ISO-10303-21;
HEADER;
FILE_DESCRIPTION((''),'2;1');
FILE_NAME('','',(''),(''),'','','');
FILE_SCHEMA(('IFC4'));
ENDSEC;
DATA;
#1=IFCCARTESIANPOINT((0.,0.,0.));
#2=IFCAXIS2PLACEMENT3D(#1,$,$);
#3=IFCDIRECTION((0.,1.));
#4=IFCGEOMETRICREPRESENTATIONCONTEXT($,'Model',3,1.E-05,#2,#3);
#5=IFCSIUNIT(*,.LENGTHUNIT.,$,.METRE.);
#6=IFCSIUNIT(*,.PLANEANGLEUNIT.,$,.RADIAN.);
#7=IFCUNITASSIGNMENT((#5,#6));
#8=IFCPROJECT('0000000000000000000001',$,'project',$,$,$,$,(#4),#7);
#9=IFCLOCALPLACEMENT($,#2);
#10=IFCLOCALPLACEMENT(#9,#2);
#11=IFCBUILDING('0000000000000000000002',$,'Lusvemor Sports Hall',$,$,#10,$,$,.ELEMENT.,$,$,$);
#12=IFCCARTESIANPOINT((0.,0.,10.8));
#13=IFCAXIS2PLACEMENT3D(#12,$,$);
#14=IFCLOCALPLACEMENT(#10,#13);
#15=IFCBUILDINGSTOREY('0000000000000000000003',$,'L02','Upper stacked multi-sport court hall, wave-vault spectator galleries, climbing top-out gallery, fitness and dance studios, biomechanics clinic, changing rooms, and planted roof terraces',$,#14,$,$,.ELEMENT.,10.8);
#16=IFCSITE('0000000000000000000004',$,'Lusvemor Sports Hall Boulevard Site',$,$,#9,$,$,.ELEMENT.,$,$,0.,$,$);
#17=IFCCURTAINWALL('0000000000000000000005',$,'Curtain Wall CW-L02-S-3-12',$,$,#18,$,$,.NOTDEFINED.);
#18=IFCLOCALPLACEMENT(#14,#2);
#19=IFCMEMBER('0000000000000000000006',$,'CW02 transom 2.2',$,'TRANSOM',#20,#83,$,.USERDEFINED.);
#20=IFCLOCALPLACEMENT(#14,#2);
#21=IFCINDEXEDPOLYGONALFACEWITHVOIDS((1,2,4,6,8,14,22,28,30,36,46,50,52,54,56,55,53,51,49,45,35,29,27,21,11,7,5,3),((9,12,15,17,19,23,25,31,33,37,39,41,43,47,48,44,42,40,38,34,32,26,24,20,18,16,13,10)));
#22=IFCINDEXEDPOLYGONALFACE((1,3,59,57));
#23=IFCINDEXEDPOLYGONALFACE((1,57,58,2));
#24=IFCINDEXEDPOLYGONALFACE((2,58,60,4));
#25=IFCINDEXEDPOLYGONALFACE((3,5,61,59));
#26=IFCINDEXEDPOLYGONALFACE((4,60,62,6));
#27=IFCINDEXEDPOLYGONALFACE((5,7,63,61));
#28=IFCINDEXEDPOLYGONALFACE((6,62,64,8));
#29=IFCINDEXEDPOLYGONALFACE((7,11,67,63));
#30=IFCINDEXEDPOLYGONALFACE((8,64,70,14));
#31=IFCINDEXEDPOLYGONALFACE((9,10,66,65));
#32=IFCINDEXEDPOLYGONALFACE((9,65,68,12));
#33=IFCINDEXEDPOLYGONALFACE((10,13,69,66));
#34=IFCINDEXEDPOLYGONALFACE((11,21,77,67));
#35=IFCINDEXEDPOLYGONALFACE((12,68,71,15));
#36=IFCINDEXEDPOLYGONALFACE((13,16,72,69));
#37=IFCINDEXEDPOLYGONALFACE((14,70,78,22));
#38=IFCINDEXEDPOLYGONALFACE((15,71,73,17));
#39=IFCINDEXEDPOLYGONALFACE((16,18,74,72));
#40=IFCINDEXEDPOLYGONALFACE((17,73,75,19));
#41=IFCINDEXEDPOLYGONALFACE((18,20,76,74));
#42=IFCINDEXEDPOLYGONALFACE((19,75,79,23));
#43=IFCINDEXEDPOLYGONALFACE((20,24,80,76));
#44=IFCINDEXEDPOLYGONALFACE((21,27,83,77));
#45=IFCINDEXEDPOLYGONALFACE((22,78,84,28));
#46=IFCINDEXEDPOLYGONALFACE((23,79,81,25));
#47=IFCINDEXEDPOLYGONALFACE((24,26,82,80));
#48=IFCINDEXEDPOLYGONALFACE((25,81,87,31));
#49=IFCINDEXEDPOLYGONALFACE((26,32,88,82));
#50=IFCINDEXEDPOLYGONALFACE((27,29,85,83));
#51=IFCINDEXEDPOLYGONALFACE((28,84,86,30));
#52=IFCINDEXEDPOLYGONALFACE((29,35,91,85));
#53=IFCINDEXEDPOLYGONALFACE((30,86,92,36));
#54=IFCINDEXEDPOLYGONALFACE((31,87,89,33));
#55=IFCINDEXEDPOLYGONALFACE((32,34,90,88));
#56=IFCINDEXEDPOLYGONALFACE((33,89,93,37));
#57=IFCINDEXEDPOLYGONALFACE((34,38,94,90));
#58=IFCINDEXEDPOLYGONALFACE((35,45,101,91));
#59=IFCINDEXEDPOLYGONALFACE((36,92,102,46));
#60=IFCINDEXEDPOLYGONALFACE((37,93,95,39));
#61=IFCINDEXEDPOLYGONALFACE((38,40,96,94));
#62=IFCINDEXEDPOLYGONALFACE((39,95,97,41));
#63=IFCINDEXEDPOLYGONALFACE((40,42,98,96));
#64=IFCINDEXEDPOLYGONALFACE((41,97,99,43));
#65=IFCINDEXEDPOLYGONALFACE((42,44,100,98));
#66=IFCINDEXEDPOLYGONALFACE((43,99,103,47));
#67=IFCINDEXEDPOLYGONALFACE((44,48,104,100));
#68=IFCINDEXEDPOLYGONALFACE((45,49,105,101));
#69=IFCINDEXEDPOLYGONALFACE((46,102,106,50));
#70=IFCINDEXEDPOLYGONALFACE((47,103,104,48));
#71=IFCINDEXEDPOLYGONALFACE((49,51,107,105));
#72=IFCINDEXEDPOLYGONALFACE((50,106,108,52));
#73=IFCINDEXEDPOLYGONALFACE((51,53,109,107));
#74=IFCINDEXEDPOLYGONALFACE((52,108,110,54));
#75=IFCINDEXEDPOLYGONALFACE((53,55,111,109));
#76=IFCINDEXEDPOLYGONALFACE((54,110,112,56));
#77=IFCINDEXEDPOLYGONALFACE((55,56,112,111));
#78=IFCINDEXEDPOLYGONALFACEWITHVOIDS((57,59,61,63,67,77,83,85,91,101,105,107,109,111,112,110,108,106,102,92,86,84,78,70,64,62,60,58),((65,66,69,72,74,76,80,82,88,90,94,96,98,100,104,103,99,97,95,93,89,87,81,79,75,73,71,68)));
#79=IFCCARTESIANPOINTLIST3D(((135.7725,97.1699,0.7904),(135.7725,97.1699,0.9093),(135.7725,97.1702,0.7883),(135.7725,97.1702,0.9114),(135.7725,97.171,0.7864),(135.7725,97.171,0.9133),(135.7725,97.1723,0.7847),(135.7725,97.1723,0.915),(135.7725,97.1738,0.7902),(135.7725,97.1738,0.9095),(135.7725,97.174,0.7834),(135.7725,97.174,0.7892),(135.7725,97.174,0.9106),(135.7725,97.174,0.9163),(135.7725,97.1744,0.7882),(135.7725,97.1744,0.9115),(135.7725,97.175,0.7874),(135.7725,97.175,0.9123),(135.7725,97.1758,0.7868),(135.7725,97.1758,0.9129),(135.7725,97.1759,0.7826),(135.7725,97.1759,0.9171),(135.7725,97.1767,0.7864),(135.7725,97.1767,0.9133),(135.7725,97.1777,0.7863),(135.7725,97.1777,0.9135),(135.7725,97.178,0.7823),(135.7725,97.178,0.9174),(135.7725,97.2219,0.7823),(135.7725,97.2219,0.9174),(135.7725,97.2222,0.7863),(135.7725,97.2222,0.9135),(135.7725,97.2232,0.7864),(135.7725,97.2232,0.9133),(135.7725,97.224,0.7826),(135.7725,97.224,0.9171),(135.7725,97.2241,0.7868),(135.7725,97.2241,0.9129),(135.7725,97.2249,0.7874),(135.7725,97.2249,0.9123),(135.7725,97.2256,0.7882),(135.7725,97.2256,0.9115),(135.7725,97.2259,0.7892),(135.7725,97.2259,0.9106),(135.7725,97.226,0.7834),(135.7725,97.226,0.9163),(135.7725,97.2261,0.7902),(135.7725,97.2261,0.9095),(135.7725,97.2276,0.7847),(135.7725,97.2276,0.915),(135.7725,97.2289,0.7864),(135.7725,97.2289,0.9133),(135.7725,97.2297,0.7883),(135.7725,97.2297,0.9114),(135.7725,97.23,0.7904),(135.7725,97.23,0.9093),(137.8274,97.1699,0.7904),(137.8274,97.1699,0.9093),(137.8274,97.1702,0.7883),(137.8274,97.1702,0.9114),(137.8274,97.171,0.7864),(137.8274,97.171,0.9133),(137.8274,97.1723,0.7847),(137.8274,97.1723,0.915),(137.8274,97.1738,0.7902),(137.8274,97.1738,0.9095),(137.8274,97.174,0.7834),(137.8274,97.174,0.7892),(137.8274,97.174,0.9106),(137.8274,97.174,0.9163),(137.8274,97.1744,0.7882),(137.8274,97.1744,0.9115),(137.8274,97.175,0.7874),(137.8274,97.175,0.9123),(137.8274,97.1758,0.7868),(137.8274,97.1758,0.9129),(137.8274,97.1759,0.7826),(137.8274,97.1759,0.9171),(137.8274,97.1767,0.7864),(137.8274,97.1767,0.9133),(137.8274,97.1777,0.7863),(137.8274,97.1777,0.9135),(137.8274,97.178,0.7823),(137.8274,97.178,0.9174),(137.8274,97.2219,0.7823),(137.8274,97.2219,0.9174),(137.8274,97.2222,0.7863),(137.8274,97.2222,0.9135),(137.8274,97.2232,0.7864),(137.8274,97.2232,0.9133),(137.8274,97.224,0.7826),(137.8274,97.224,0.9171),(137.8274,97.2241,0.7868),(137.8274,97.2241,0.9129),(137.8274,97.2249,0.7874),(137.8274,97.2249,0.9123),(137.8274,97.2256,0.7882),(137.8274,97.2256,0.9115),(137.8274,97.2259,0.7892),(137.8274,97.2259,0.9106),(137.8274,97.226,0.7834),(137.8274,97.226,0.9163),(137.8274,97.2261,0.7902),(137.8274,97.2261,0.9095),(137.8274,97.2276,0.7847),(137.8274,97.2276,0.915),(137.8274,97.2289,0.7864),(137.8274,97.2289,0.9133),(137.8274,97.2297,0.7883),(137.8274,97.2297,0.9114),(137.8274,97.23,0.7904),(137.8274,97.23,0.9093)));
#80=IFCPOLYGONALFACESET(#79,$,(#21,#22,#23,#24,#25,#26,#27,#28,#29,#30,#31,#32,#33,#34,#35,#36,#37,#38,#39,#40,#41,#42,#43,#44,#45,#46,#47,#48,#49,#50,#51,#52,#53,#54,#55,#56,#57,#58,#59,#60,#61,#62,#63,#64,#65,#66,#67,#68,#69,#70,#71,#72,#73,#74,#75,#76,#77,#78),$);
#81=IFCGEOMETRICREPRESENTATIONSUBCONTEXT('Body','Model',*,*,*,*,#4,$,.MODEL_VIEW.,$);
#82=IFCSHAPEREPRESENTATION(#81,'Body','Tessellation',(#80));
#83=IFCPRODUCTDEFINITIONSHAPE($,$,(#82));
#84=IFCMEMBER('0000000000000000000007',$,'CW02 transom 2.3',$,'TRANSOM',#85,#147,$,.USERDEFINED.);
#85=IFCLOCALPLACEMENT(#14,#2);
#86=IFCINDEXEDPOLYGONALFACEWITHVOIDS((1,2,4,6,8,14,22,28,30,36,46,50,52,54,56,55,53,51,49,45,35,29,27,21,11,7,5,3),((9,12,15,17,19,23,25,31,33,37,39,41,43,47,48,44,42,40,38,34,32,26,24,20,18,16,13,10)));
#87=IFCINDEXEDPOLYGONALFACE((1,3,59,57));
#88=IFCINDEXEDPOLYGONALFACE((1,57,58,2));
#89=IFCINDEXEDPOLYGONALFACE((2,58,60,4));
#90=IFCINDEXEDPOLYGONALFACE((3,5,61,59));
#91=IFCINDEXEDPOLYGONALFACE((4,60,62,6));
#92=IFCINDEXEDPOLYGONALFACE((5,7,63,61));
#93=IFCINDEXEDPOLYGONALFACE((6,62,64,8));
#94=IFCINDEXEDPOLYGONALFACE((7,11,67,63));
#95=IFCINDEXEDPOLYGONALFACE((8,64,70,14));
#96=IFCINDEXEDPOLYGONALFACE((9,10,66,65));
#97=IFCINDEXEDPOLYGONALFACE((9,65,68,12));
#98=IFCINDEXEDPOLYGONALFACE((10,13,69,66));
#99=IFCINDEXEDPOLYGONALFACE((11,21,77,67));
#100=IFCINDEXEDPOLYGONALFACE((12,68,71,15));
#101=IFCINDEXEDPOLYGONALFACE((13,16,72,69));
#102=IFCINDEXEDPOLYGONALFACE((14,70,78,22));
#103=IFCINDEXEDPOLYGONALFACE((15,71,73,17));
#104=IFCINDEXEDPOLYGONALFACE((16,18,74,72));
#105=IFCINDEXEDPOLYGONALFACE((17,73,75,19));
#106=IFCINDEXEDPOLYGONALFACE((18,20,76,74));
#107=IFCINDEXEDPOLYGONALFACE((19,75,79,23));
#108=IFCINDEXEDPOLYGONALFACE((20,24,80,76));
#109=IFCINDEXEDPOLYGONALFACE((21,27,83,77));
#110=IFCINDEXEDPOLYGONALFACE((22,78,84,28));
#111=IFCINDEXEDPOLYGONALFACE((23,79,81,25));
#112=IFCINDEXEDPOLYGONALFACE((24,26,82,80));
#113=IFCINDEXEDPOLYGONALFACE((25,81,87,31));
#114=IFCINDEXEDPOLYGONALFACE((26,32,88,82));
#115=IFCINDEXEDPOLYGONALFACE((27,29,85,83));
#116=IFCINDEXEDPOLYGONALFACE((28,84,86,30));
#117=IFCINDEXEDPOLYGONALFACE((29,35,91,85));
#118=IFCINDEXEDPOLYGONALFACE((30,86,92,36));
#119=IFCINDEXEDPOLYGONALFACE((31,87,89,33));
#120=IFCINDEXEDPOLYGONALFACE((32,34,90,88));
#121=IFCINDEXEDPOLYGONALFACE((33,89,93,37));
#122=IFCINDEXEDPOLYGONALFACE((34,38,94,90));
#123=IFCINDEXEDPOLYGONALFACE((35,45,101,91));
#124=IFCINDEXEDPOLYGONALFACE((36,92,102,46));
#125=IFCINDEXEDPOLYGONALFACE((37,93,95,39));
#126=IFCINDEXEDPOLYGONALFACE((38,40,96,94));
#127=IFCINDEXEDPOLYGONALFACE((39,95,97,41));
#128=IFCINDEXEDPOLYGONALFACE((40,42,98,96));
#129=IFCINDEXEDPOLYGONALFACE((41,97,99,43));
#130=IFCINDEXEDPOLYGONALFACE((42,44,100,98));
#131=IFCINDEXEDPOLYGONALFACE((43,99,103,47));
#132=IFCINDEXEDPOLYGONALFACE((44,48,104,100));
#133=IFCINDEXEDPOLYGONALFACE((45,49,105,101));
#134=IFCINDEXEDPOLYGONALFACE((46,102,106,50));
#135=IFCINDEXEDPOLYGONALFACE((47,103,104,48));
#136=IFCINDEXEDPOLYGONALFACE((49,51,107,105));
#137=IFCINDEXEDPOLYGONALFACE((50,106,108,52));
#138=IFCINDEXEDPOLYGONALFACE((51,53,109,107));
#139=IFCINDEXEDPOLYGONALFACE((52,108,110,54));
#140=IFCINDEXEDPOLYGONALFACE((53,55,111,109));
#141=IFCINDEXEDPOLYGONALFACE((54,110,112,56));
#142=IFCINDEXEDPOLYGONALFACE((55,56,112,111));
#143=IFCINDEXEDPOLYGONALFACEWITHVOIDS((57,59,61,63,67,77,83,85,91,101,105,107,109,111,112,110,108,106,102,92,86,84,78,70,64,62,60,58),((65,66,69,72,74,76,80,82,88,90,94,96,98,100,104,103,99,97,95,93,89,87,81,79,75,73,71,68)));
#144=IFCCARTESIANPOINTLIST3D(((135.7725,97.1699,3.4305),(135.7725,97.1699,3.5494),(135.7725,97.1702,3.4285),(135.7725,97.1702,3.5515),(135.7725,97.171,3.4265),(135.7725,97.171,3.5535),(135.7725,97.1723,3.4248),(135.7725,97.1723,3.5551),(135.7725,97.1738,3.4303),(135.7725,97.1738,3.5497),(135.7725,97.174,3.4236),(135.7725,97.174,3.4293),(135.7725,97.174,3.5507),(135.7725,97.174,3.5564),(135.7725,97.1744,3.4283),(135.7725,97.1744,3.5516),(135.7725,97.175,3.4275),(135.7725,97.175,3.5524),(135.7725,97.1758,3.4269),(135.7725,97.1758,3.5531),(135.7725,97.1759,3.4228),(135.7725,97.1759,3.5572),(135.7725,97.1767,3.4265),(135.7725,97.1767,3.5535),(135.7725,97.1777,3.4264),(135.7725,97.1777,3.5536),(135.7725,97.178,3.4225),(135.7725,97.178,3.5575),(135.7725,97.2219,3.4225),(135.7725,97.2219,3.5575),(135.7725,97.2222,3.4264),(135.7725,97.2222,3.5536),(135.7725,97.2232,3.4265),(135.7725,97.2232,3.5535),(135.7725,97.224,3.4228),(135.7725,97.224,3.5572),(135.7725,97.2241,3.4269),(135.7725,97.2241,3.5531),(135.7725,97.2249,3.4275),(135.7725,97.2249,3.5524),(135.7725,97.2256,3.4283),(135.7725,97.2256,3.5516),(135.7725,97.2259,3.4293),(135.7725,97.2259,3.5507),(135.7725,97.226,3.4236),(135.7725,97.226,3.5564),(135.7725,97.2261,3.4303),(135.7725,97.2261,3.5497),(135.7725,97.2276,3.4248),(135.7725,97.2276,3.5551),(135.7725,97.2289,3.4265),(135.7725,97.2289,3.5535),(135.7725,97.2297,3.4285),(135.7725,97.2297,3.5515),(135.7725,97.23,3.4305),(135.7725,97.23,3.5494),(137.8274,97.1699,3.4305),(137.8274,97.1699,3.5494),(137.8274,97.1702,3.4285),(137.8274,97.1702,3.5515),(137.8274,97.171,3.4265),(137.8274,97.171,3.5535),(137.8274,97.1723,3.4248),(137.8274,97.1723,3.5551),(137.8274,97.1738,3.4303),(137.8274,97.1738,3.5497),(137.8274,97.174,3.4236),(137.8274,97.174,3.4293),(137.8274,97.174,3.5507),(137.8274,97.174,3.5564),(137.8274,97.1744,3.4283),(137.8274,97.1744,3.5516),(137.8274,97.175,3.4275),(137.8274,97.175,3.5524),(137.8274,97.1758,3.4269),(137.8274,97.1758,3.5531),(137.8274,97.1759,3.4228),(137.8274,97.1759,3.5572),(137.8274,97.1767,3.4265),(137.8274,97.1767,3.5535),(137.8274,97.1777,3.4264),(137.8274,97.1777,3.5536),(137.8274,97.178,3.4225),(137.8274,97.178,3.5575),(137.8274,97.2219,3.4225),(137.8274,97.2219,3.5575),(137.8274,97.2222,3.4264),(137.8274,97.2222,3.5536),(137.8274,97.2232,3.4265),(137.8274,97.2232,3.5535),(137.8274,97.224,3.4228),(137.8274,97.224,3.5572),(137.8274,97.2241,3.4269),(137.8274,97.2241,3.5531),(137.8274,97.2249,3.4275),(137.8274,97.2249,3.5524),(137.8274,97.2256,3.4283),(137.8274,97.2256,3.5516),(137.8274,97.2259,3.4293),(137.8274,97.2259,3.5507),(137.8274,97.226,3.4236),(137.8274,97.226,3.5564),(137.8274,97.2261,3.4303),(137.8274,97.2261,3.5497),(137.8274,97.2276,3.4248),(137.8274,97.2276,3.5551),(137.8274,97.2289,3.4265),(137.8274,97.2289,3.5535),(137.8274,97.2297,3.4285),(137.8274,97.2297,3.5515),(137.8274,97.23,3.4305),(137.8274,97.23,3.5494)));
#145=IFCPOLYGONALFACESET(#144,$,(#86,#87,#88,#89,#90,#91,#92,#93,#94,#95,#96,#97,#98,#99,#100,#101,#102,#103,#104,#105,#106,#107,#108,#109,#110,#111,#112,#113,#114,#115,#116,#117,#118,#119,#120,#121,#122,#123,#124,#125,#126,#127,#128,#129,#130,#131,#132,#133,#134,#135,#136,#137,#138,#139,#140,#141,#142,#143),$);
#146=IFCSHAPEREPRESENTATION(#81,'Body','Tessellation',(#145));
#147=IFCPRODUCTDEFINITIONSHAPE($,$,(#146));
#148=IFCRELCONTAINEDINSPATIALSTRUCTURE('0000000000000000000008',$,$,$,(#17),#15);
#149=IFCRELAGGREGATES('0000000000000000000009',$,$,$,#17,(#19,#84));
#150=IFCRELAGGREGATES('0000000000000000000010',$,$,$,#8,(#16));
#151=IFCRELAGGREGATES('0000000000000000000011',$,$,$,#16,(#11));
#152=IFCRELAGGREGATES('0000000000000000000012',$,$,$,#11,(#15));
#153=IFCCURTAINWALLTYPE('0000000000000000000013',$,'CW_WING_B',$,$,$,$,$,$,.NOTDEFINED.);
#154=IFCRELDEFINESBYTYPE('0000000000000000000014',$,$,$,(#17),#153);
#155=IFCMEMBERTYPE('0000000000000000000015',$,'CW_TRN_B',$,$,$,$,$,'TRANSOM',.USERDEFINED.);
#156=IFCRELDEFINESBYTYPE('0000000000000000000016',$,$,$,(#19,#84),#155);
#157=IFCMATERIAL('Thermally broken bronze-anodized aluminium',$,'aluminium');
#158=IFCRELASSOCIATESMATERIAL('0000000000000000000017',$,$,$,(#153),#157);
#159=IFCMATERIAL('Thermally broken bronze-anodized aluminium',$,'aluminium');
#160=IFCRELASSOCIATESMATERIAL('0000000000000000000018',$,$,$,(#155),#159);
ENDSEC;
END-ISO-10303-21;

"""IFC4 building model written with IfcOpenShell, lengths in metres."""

from ifc_helpers import new_model, si_unit, direction, frame, origin, origin_2d, place, context, subcontext, project, spatial, hollow_rectangle, extrude, material, material_profile, profile_set, type_object, element, aggregate, save


model = new_model("IFC4")

# Units and contexts
model_context = context("Model", 3, precision=1e-05, world=origin(), true_north=direction((0.0, 1.0)))
body_context = subcontext(model_context, "Body", "Model", "MODEL_VIEW")
ifc_project = project(units=[si_unit("LENGTHUNIT", "METRE"), si_unit("PLANEANGLEUNIT", "RADIAN")], contexts=[model_context])

# Site, building, storey
site_placement = place(None, origin())
site = spatial("IfcSite", under=ifc_project, at=site_placement, Name="Lusvemor Sports Hall Boulevard Site", CompositionType="ELEMENT", RefElevation=0.0)
building_placement = place(site_placement, origin())
building = spatial("IfcBuilding", under=site, at=building_placement, Name="Lusvemor Sports Hall", CompositionType="ELEMENT")
storey_placement = place(building_placement, frame((0.0, 0.0, 10.8)))
storey = spatial("IfcBuildingStorey", under=building, at=storey_placement, Name="L02", Description="Upper stacked multi-sport court hall, wave-vault spectator galleries, climbing top-out gallery, fitness and dance studios, biomechanics clinic, changing rooms, and planted roof terraces", CompositionType="ELEMENT", Elevation=10.8)

# Curtain wall, members
ifc_material_1 = material(Name="Thermally broken bronze-anodized aluminium", Category="aluminium")
curtain_wall_type = type_object("IfcCurtainWallType", Name="CW_WING_B", PredefinedType="NOTDEFINED", material=ifc_material_1)
curtain_wall_placement = place(storey_placement, origin())
curtain_wall = element("IfcCurtainWall", 1, at=curtain_wall_placement, inside=storey, type_object=curtain_wall_type, Name="Curtain Wall CW-L02-S-3-12", PredefinedType="NOTDEFINED")
ifc_material_2 = material(Name="Thermally broken bronze-anodized aluminium", Category="aluminium")
ifc_material_profile_1 = material_profile(ifc_material_2, hollow_rectangle(XDim=0.0601, YDim=0.135, WallThickness=0.0039, InnerFilletRadius=0.0039, OuterFilletRadius=0.0081, at=origin_2d()), Name="CWTRN135x60x4")
ifc_profile_set_1 = profile_set([ifc_material_profile_1], Name="Thermally broken bronze-anodized aluminium")
member_type_1 = type_object("IfcMemberType", Name="CW_TRN_B", ElementType="TRANSOM", PredefinedType="USERDEFINED", material=ifc_profile_set_1)
member_1_placement = place(storey_placement, frame((137.8274, 97.2, 0.8499), z_axis=(-1.0, 0.0, 0.0), x_axis=(0.0, -1.0, 0.0)))
member_1 = element("IfcMember", 2, at=member_1_placement, type_object=member_type_1, Name="CW02 transom 2.2", ObjectType="TRANSOM", PredefinedType="USERDEFINED", context=body_context, shape_type="SweptSolid", body=[
    extrude(hollow_rectangle(XDim=0.0601, YDim=0.135, WallThickness=0.0039, InnerFilletRadius=0.0039, OuterFilletRadius=0.0081, at=origin_2d()), origin(), (0.0, 0.0, 1.0), 2.0549),
])
member_2_placement = place(storey_placement, frame((137.8274, 97.2, 3.49), z_axis=(-1.0, 0.0, 0.0), x_axis=(0.0, -1.0, 0.0)))
member_2 = element("IfcMember", 3, at=member_2_placement, type_object=member_type_1, Name="CW02 transom 2.3", ObjectType="TRANSOM", PredefinedType="USERDEFINED", context=body_context, shape_type="SweptSolid", body=[
    extrude(hollow_rectangle(XDim=0.0601, YDim=0.135, WallThickness=0.0039, InnerFilletRadius=0.0039, OuterFilletRadius=0.0081, at=origin_2d()), origin(), (0.0, 0.0, 1.0), 2.0549),
])
aggregate(curtain_wall, [member_1, member_2])

save(model, "model.ifc")
